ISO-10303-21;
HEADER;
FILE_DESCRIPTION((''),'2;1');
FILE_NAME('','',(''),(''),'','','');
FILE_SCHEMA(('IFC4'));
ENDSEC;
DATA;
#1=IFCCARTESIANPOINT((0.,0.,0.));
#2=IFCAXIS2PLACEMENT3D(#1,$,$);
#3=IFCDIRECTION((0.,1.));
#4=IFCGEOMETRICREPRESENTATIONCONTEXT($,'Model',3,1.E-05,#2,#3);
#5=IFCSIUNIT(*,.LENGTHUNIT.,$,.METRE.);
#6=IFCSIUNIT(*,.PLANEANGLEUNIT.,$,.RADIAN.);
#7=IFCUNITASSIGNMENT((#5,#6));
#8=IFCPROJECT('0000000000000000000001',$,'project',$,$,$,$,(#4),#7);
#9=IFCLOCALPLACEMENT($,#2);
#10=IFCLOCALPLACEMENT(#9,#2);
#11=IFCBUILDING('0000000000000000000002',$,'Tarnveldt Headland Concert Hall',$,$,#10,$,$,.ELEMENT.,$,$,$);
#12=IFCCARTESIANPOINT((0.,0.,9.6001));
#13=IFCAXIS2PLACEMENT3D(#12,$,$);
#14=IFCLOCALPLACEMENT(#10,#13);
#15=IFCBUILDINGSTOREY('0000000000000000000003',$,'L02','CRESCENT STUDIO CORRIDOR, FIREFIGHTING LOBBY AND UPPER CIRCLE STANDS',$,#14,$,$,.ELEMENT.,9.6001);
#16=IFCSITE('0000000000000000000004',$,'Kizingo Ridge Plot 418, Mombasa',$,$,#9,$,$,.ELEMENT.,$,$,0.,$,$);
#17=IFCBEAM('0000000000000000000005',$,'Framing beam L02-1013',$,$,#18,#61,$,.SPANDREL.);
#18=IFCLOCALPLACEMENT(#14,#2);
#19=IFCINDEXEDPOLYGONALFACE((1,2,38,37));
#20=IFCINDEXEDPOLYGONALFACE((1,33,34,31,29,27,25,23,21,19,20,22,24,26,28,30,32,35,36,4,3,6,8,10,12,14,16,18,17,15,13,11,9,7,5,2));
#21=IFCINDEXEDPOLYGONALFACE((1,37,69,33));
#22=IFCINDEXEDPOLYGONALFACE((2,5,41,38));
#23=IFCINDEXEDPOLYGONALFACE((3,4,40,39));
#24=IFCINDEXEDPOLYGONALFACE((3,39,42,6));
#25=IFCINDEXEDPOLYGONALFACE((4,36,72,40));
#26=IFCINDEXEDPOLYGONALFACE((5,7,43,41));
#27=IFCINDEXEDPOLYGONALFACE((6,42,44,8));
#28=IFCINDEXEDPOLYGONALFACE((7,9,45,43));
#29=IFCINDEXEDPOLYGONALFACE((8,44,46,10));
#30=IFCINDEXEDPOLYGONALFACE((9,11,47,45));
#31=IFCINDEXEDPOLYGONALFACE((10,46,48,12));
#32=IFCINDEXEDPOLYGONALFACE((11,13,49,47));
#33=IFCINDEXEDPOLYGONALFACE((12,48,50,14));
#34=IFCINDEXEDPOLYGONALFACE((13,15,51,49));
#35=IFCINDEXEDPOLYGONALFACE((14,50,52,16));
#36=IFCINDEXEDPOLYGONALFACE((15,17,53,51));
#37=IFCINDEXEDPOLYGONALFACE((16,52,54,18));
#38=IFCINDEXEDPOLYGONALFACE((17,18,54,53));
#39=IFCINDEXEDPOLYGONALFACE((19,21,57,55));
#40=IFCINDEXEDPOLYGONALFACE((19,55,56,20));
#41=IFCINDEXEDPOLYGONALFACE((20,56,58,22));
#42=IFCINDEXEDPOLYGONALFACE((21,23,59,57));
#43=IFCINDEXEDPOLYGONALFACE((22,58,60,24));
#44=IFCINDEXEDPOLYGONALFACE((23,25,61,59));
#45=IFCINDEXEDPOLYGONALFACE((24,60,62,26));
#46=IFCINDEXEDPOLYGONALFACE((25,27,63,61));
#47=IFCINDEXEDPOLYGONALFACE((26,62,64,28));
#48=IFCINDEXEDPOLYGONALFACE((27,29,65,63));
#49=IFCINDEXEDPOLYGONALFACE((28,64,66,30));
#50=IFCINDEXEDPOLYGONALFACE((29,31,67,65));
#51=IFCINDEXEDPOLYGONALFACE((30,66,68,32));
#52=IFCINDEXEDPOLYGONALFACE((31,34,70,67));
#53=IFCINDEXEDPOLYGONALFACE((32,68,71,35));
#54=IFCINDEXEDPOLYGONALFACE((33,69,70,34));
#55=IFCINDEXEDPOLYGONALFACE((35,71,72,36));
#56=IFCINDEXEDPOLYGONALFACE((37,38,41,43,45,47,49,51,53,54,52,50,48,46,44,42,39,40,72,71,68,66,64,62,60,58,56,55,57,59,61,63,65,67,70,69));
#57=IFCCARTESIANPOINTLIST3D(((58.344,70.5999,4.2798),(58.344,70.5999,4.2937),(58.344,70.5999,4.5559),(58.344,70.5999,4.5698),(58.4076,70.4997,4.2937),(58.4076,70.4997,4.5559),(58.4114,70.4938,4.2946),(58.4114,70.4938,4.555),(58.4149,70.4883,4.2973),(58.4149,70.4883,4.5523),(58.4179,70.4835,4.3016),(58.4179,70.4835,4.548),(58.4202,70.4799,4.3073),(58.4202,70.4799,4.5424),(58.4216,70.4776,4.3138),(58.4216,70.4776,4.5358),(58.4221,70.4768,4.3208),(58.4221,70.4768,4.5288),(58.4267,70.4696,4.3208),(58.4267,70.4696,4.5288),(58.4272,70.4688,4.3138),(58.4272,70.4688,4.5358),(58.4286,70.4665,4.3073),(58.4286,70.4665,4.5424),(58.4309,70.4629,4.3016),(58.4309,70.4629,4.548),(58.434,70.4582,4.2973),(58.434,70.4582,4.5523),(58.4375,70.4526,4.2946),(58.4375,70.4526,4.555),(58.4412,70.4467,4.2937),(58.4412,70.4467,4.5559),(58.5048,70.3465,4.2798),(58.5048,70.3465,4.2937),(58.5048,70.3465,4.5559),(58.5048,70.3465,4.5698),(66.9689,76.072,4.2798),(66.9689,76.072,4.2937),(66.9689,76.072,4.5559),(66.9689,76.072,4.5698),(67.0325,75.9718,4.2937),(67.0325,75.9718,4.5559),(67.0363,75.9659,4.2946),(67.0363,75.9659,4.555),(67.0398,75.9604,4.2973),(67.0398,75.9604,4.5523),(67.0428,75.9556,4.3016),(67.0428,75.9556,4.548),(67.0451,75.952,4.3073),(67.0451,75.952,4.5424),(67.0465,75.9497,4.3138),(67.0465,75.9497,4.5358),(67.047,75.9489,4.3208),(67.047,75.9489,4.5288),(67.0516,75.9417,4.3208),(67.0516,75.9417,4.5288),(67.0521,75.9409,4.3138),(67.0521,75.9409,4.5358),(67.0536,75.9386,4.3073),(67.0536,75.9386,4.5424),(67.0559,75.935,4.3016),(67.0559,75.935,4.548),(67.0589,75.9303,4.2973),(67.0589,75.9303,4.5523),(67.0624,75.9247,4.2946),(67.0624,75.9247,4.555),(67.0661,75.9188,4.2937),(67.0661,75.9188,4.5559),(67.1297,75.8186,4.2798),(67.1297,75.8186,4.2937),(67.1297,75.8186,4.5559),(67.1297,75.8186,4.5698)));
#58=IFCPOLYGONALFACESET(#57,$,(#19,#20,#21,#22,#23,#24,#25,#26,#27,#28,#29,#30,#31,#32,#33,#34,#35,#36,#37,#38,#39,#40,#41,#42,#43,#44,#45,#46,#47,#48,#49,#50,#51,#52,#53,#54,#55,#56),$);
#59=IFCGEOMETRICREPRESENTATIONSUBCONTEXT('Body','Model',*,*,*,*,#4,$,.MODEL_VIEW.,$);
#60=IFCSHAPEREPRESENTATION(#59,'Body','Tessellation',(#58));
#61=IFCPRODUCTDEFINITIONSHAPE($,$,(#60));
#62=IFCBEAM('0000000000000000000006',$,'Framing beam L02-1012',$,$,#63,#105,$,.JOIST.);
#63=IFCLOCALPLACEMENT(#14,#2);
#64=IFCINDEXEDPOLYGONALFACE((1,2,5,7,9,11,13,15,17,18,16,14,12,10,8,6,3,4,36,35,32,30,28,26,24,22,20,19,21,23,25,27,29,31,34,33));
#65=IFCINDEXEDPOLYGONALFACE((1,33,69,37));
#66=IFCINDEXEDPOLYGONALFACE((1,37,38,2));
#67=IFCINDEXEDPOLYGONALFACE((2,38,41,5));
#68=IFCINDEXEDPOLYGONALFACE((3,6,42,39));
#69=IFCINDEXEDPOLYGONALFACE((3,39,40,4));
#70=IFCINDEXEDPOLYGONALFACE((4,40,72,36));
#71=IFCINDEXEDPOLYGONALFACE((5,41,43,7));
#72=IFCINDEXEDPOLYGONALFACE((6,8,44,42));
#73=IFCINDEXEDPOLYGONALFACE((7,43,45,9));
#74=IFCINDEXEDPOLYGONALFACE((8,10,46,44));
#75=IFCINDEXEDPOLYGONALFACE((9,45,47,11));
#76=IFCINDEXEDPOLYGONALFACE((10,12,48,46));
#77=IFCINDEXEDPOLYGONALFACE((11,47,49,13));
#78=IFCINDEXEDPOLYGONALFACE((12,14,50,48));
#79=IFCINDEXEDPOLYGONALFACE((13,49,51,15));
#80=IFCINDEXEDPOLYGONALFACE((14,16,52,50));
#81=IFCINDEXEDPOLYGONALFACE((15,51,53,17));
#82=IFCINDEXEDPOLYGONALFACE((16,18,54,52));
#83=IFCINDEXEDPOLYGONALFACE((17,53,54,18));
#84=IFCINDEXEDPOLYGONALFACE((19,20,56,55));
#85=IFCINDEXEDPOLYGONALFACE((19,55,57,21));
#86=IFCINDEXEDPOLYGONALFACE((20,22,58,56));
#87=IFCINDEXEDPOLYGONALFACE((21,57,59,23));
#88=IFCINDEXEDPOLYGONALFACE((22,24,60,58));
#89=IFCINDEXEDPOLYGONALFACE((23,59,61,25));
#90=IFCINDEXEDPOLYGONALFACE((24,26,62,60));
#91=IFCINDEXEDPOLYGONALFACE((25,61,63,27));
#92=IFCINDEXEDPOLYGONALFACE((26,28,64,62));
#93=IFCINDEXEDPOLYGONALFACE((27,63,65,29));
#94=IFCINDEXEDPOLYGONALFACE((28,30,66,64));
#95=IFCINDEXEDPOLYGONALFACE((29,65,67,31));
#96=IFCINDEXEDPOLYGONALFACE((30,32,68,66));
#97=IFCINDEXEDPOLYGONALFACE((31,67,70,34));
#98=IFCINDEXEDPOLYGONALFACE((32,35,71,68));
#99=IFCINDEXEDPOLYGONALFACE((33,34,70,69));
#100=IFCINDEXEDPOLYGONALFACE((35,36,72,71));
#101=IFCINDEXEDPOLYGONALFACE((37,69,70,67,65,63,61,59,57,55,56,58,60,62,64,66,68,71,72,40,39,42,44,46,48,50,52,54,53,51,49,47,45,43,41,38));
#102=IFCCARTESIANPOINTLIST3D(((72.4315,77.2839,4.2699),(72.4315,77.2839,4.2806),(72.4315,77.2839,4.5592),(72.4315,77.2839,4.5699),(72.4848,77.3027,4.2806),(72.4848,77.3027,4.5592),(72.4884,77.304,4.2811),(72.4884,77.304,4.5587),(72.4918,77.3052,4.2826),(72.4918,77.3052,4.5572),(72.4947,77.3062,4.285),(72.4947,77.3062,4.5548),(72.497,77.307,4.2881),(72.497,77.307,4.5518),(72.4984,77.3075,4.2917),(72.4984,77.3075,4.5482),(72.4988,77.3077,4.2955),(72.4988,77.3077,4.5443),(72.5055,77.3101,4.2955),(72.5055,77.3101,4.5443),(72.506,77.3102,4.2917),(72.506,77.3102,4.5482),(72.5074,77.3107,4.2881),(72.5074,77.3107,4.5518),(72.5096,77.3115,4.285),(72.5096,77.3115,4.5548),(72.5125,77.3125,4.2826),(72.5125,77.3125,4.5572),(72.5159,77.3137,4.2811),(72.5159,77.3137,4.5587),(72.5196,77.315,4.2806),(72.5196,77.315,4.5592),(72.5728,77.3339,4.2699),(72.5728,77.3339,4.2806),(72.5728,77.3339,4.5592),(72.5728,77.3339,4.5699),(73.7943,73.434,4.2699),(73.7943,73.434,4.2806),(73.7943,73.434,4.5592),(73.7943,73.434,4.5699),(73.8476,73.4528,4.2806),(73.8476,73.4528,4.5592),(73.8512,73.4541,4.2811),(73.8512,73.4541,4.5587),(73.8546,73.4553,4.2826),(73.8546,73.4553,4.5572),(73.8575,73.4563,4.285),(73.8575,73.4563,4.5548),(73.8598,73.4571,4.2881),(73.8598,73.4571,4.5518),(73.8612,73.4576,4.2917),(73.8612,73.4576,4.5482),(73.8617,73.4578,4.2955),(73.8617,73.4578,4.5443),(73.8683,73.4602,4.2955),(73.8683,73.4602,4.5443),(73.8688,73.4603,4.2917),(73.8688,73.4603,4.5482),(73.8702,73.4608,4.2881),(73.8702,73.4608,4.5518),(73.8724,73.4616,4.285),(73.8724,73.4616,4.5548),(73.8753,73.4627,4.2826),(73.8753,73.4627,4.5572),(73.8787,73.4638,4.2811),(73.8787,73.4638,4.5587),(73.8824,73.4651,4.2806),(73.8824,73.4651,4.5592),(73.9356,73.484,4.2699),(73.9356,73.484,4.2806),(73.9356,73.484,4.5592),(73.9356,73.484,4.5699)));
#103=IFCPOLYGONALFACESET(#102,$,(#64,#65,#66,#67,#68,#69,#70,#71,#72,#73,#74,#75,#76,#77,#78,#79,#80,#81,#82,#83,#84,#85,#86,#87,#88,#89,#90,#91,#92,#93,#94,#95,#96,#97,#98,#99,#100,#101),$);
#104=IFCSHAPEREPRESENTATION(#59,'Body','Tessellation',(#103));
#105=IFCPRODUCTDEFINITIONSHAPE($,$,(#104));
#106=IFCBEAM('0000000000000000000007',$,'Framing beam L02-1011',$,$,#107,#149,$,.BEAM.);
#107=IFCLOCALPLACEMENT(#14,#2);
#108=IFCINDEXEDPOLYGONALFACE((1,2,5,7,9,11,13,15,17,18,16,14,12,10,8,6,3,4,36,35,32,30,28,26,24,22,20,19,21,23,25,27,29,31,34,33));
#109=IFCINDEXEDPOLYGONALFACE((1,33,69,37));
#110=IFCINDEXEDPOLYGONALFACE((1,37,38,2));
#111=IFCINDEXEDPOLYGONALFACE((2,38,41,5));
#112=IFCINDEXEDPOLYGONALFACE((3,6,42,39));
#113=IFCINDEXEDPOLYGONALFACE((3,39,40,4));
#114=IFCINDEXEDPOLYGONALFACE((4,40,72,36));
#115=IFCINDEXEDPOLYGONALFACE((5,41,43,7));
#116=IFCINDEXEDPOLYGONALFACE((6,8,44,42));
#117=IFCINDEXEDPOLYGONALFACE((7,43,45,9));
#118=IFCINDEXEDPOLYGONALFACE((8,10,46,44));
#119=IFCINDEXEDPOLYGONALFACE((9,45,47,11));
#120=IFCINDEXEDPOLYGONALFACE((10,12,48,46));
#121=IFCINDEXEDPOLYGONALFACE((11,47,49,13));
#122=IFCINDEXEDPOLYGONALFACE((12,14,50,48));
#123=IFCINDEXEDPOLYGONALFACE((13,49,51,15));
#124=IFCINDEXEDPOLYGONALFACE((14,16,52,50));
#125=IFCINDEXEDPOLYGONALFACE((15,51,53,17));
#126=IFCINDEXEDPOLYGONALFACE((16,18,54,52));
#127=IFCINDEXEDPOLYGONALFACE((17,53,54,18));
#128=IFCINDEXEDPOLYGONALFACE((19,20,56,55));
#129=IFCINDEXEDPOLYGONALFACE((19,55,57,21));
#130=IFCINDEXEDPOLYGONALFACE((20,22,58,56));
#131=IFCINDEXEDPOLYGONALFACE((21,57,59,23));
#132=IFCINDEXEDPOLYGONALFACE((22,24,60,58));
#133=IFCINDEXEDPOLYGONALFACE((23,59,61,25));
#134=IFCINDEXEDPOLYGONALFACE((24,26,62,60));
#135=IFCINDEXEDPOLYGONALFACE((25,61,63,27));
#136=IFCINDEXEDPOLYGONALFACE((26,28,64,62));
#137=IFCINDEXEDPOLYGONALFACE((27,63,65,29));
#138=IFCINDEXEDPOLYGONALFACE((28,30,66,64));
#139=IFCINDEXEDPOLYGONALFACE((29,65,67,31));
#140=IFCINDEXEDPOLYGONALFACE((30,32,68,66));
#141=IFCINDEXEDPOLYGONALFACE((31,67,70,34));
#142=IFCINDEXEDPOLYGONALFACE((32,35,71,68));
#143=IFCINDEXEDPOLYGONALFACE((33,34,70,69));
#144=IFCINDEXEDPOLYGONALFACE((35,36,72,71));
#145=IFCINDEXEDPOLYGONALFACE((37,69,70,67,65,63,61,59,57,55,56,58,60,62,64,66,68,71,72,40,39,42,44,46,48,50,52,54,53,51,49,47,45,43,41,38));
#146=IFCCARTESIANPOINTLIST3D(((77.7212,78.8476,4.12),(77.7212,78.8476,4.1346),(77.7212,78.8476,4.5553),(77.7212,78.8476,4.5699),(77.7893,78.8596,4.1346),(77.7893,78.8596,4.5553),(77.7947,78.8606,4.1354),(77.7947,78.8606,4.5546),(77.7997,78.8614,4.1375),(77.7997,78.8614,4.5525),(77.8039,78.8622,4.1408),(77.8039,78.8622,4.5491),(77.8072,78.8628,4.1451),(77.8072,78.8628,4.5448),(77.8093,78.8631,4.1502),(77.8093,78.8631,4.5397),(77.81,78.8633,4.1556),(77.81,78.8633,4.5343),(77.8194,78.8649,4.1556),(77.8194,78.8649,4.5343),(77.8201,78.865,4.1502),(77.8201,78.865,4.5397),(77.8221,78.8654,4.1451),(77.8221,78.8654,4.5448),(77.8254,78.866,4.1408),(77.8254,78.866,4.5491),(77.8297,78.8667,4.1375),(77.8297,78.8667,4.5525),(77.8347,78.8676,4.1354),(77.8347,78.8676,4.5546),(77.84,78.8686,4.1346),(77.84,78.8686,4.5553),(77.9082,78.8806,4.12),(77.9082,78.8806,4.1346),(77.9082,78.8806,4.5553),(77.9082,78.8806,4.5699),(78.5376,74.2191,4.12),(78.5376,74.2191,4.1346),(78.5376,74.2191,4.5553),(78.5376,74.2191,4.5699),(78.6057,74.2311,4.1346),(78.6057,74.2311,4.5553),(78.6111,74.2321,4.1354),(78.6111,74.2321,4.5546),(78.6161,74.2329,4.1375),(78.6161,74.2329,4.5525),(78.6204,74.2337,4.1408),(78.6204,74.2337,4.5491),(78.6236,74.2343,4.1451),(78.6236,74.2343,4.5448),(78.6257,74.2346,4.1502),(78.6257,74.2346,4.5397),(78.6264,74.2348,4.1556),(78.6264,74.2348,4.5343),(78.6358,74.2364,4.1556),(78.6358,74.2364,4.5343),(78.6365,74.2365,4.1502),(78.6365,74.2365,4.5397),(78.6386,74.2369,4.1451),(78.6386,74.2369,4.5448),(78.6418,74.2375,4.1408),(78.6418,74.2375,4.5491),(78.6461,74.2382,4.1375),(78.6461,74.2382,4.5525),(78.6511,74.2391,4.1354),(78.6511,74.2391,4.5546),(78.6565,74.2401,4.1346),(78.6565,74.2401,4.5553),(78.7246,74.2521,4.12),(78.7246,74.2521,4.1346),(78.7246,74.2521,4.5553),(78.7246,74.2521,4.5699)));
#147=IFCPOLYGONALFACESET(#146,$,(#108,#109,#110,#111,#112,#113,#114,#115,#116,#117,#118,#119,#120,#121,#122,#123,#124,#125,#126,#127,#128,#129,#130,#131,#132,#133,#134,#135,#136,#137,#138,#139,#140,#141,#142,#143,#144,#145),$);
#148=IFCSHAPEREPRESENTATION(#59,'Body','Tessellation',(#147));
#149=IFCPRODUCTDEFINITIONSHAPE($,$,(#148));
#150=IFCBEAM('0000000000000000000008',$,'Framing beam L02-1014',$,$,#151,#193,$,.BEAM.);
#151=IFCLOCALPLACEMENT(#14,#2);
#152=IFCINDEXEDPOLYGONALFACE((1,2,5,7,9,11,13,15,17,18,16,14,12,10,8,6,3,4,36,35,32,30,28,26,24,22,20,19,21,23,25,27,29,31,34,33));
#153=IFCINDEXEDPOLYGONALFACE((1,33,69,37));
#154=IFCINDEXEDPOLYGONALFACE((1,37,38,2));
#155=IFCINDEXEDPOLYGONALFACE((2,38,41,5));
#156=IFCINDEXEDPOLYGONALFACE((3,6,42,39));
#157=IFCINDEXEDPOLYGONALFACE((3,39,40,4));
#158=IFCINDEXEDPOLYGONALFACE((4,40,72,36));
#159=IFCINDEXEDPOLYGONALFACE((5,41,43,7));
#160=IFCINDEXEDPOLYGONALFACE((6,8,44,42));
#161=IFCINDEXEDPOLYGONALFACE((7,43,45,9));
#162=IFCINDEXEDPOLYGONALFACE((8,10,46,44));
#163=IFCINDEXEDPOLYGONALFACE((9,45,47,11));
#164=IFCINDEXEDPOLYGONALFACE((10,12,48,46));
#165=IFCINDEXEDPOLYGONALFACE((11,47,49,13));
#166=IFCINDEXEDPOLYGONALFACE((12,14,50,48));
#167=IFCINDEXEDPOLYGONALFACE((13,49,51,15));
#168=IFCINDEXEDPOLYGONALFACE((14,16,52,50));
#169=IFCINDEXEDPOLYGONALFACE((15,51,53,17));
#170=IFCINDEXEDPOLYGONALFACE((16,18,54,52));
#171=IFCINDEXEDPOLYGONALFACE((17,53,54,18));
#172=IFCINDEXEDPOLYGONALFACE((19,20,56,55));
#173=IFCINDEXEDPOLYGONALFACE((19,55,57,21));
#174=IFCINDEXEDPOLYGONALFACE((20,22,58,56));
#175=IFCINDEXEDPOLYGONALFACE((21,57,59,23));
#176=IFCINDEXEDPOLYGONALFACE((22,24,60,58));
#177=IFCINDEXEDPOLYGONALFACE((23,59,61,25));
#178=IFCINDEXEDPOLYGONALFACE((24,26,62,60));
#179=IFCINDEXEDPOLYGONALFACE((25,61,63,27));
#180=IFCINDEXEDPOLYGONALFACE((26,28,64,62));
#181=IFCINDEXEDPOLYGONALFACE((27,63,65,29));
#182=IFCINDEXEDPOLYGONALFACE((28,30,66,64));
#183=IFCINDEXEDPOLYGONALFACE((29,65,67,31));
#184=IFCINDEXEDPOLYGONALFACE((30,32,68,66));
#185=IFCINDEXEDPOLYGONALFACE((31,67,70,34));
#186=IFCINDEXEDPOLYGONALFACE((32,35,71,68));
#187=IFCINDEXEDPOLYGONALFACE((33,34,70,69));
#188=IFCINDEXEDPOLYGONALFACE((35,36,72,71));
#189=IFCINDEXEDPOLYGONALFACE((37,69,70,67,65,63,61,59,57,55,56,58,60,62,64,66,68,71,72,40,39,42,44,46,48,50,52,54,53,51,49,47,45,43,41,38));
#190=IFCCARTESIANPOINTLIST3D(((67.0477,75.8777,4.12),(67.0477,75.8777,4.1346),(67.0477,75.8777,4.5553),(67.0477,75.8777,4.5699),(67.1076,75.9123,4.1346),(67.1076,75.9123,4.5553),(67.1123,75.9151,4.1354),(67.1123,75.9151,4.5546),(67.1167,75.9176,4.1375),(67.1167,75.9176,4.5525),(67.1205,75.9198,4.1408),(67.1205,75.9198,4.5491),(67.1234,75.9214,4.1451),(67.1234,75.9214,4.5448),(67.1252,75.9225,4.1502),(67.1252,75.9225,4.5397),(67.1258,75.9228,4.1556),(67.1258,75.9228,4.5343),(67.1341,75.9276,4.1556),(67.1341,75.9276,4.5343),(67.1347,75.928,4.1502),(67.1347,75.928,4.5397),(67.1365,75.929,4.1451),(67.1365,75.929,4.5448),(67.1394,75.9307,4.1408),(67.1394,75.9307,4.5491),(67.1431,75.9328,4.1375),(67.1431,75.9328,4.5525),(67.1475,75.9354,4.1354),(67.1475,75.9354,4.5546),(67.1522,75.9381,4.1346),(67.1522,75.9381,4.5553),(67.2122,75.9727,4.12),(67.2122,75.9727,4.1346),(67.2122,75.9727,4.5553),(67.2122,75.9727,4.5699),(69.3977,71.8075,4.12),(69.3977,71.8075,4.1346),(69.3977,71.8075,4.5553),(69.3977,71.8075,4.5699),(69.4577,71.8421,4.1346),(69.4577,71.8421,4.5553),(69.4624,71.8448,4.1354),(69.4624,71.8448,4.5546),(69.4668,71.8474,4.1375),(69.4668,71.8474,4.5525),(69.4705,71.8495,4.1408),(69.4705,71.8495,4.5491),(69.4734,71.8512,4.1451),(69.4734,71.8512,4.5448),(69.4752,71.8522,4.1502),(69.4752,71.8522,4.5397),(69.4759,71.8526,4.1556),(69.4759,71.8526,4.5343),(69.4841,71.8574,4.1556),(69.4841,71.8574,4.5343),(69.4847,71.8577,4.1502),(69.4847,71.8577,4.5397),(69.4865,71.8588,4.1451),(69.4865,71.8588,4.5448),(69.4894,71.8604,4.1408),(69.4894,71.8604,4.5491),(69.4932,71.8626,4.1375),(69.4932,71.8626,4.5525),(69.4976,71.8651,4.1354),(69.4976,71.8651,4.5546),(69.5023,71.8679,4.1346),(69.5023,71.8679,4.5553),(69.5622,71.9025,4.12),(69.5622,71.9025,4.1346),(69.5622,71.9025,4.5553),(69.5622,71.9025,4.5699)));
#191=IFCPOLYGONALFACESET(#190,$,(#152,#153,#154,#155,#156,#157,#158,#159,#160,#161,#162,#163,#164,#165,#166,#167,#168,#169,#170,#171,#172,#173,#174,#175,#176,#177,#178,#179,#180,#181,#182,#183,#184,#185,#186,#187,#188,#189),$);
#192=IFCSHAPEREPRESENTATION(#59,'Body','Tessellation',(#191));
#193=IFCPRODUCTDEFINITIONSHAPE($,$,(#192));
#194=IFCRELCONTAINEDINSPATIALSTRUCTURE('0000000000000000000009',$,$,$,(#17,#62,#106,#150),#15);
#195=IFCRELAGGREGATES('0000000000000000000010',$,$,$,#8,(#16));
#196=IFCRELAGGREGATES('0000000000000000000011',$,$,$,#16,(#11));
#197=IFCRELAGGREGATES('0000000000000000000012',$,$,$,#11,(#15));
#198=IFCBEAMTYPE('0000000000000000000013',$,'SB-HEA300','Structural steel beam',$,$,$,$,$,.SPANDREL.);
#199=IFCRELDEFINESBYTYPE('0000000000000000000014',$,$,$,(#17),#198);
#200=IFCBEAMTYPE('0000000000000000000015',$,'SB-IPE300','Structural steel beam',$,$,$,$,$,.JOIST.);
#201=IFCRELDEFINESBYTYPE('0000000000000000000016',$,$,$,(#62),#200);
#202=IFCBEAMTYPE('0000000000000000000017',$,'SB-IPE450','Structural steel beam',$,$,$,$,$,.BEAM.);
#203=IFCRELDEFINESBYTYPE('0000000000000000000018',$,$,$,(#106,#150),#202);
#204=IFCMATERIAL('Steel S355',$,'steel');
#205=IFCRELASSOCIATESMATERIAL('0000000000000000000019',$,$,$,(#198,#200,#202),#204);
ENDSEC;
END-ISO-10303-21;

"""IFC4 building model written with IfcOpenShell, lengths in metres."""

from ifc_helpers import new_model, si_unit, direction, frame, origin, origin_2d, place, context, subcontext, project, spatial, i_section, extrude, material, material_profile, profile_set, type_object, element, save


model = new_model("IFC4")

# Units and contexts
model_context = context("Model", 3, precision=1e-05, world=origin(), true_north=direction((0.0, 1.0)))
body_context = subcontext(model_context, "Body", "Model", "MODEL_VIEW")
ifc_project = project(units=[si_unit("LENGTHUNIT", "METRE"), si_unit("PLANEANGLEUNIT", "RADIAN")], contexts=[model_context])

# Site, building, storey
site_placement = place(None, origin())
site = spatial("IfcSite", under=ifc_project, at=site_placement, Name="Kizingo Ridge Plot 418, Mombasa", CompositionType="ELEMENT", RefElevation=0.0)
building_placement = place(site_placement, origin())
building = spatial("IfcBuilding", under=site, at=building_placement, Name="Tarnveldt Headland Concert Hall", CompositionType="ELEMENT")
storey_placement = place(building_placement, frame((0.0, 0.0, 9.6001)))
storey = spatial("IfcBuildingStorey", under=building, at=storey_placement, Name="L02", Description="CRESCENT STUDIO CORRIDOR, FIREFIGHTING LOBBY AND UPPER CIRCLE STANDS", CompositionType="ELEMENT", Elevation=9.6001)

# Shared definitions
ifc_material_1 = material(Name="Steel S355", Category="steel")

# Beams
ifc_material_profile_1 = material_profile(ifc_material_1, i_section(OverallWidth=0.3, OverallDepth=0.29, WebThickness=0.0085, FlangeThickness=0.0139, FilletRadius=0.0271, at=origin_2d()), Name="HEA300", Category="steel")
ifc_profile_set_1 = profile_set([ifc_material_profile_1], Name="Steel S355")
beam_type_1 = type_object("IfcBeamType", Name="SB-HEA300", Description="Structural steel beam", PredefinedType="SPANDREL", material=ifc_profile_set_1)
beam_1_placement = place(storey_placement, frame((67.0493, 75.9453, 4.4248), z_axis=(-0.844391, -0.535727, 0.0), x_axis=(0.535727, -0.844391, 0.0)))
element("IfcBeam", 1, at=beam_1_placement, inside=storey, type_object=beam_type_1, Name="Framing beam L02-1013", PredefinedType="SPANDREL", context=body_context, shape_type="SweptSolid", body=[
    extrude(i_section(OverallWidth=0.3, OverallDepth=0.29, WebThickness=0.0085, FlangeThickness=0.0139, FilletRadius=0.0271, at=origin_2d()), origin(), (0.0, 0.0, 1.0), 10.2144),
])
ifc_material_profile_2 = material_profile(ifc_material_1, i_section(OverallWidth=0.1499, OverallDepth=0.3, WebThickness=0.0071, FlangeThickness=0.0107, FilletRadius=0.0149, at=origin_2d()), Name="IPE300", Category="steel")
ifc_profile_set_2 = profile_set([ifc_material_profile_2], Name="Steel S355")
beam_type_2 = type_object("IfcBeamType", Name="SB-IPE300", Description="Structural steel beam", PredefinedType="JOIST", material=ifc_profile_set_2)
beam_2_placement = place(storey_placement, frame((73.865, 73.459, 4.4199), z_axis=(-0.333696, 0.942681, 0.0), x_axis=(-0.942681, -0.333696, 0.0)))
element("IfcBeam", 2, at=beam_2_placement, inside=storey, type_object=beam_type_2, Name="Framing beam L02-1012", PredefinedType="JOIST", context=body_context, shape_type="SweptSolid", body=[
    extrude(i_section(OverallWidth=0.1499, OverallDepth=0.3, WebThickness=0.0071, FlangeThickness=0.0107, FilletRadius=0.0149, at=origin_2d()), origin(), (0.0, 0.0, 1.0), 4.084),
])
ifc_material_profile_3 = material_profile(ifc_material_1, i_section(OverallWidth=0.1899, OverallDepth=0.45, WebThickness=0.0095, FlangeThickness=0.0146, FilletRadius=0.021, at=origin_2d()), Name="IPE450", Category="steel")
ifc_profile_set_3 = profile_set([ifc_material_profile_3], Name="Steel S355")
beam_type_3 = type_object("IfcBeamType", Name="SB-IPE450", Description="Structural steel beam", PredefinedType="BEAM", material=ifc_profile_set_3)
for number, where, z_axis, x_axis, name in (
    (3, (78.6311, 74.2356, 4.345), (-0.173708, 0.984797, 0.0), (-0.984797, -0.173708, 0.0), "Framing beam L02-1011"),
    (4, (69.48, 71.855, 4.345), (-0.500016, 0.866016, 0.0), (-0.866016, -0.500016, 0.0), "Framing beam L02-1014"),
):
    element("IfcBeam", number, at=place(storey_placement, frame(where, z_axis=z_axis, x_axis=x_axis)), inside=storey, type_object=beam_type_3, Name=name, PredefinedType="BEAM", context=body_context, shape_type="SweptSolid", body=[
        extrude(i_section(OverallWidth=0.1899, OverallDepth=0.45, WebThickness=0.0095, FlangeThickness=0.0146, FilletRadius=0.021, at=origin_2d()), origin(), (0.0, 0.0, 1.0), 4.7),
    ])

save(model, "model.ifc")
